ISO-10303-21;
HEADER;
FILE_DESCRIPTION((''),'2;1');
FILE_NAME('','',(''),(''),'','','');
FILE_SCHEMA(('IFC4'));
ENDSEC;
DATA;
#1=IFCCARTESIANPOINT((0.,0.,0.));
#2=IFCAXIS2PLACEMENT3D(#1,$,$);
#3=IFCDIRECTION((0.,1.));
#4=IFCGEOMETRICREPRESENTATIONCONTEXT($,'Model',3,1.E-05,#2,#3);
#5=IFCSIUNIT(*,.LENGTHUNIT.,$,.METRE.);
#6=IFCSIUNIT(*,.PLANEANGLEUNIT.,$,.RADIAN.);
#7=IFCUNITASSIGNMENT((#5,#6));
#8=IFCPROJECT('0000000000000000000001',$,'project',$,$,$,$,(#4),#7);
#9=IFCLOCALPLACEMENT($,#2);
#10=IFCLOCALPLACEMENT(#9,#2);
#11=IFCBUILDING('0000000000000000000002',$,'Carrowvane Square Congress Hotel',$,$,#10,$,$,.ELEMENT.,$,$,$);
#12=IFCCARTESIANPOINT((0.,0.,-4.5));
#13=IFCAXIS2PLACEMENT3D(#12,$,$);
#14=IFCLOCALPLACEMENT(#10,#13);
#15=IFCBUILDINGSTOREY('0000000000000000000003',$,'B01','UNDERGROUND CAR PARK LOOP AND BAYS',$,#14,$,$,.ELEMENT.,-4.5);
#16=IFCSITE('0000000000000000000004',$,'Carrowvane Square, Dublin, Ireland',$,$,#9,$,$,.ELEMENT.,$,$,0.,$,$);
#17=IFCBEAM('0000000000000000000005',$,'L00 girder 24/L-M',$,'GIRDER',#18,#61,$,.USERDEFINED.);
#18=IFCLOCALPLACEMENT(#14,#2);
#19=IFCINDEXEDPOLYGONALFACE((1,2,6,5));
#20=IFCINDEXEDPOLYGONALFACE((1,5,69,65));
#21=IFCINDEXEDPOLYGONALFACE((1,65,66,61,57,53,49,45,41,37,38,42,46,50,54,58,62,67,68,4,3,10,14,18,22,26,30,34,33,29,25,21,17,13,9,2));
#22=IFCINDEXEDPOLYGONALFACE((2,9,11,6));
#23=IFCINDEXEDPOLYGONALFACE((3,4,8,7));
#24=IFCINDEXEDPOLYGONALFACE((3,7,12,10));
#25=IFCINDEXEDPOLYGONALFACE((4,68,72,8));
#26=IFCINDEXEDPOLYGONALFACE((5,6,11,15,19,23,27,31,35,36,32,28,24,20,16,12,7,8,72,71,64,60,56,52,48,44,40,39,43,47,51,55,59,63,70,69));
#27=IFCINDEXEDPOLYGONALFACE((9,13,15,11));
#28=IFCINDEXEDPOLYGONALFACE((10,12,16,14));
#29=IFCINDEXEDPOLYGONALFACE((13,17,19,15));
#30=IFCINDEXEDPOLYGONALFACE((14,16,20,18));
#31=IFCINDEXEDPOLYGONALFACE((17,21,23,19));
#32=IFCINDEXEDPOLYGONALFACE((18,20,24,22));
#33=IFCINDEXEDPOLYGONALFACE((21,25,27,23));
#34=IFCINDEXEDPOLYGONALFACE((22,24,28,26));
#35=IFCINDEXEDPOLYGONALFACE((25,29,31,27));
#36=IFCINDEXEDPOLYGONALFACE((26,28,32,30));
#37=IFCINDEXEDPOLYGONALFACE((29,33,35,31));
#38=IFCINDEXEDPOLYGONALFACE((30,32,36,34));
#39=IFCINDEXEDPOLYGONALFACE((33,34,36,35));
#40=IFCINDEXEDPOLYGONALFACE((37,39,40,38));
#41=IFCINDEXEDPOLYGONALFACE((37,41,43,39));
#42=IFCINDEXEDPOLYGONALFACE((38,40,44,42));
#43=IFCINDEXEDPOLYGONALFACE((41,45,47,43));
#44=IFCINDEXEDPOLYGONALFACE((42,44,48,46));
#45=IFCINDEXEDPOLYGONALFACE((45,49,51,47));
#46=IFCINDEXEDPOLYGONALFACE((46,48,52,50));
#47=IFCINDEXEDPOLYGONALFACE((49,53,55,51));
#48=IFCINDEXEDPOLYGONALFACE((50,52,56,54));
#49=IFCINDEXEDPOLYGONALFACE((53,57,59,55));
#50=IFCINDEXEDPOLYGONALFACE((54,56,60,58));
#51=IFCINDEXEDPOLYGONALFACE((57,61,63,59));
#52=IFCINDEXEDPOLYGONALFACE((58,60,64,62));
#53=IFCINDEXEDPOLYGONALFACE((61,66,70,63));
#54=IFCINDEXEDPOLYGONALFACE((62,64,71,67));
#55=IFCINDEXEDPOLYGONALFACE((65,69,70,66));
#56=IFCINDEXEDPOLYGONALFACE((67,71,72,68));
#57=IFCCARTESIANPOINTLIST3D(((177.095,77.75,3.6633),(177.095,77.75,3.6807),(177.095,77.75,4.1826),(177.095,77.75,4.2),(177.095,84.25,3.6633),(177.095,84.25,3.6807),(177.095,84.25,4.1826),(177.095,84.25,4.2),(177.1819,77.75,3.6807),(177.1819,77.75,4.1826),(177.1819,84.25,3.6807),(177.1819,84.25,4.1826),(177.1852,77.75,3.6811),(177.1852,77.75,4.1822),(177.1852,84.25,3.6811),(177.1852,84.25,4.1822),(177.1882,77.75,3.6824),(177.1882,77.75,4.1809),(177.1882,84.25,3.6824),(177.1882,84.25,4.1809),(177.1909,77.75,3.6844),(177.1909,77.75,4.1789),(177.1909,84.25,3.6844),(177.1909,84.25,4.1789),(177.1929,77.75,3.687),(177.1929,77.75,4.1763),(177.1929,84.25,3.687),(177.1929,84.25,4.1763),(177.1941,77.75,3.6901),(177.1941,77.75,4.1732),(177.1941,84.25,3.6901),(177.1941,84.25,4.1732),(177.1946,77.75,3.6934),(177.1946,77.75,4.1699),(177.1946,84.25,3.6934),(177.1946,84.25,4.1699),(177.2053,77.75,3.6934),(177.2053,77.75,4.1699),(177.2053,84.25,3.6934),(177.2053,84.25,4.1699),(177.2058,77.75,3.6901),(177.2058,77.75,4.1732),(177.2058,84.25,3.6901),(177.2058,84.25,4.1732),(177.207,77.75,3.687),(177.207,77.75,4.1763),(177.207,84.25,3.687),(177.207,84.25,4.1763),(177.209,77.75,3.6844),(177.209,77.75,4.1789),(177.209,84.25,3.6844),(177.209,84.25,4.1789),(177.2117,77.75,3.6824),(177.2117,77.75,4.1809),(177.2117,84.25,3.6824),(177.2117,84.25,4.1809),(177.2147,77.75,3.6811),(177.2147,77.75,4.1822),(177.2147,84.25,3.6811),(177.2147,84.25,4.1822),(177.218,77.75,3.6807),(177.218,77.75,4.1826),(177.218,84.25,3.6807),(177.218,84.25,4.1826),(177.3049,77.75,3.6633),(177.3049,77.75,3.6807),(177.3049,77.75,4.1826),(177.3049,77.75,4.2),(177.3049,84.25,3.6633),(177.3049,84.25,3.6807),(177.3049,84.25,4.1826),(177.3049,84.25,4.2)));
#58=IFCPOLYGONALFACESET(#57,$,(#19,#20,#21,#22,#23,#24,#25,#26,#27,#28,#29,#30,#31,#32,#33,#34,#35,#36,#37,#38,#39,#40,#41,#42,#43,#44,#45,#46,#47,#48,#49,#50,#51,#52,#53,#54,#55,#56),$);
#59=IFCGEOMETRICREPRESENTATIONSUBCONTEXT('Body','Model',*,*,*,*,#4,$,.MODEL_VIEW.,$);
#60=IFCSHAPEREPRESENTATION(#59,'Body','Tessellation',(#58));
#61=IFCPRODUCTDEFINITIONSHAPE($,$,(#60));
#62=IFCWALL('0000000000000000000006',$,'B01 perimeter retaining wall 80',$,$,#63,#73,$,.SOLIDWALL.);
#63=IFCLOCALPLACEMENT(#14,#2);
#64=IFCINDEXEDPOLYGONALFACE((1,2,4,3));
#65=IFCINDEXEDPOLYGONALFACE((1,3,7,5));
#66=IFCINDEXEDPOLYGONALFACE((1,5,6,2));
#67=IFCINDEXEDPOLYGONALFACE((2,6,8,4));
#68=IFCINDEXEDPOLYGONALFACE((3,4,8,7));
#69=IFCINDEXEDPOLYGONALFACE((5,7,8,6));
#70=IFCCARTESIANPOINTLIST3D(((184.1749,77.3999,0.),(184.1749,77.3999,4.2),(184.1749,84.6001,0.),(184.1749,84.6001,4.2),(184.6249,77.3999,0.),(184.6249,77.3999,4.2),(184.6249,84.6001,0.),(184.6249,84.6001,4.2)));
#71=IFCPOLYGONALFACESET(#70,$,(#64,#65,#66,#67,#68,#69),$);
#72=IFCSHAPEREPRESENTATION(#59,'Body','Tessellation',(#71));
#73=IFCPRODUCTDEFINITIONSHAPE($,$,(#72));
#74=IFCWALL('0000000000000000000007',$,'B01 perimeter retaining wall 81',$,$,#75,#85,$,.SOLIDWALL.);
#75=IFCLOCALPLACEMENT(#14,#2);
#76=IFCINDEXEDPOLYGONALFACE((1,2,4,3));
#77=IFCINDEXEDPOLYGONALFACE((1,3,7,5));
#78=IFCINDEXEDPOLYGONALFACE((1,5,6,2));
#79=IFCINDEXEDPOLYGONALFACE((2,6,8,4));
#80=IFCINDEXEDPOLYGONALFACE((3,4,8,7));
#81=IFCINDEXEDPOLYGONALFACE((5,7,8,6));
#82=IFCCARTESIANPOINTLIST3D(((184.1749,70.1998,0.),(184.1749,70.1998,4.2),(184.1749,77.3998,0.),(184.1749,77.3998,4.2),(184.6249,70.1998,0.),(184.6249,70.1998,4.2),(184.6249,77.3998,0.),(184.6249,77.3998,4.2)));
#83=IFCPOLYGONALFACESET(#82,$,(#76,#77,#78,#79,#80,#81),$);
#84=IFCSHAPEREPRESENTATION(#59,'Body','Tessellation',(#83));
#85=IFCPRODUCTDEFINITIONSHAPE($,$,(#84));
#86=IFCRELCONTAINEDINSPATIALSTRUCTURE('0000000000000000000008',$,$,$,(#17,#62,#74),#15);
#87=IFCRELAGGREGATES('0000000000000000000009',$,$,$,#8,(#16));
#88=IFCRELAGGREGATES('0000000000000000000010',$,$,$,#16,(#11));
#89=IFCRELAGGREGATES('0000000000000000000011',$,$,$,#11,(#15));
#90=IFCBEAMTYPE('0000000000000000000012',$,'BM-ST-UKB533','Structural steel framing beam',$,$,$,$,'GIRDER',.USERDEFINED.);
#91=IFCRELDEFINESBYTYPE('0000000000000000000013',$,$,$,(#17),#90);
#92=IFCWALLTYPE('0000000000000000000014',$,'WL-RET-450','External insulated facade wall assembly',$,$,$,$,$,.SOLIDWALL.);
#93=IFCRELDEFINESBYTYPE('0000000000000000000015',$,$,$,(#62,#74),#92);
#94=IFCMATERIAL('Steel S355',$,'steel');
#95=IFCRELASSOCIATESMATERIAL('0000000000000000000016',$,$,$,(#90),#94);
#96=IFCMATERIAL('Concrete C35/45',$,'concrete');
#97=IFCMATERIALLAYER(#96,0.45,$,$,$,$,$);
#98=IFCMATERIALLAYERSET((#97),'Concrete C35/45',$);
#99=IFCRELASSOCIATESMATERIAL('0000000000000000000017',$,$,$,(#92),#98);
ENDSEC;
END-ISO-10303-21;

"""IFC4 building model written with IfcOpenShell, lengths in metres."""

from ifc_helpers import new_model, si_unit, direction, frame, frame_2d, origin, origin_2d, place, context, subcontext, project, spatial, rectangle, i_section, extrude, material, layer, layer_set, material_profile, profile_set, type_object, element, save


model = new_model("IFC4")

# Units and contexts
model_context = context("Model", 3, precision=1e-05, world=origin(), true_north=direction((0.0, 1.0)))
body_context = subcontext(model_context, "Body", "Model", "MODEL_VIEW")
ifc_project = project(units=[si_unit("LENGTHUNIT", "METRE"), si_unit("PLANEANGLEUNIT", "RADIAN")], contexts=[model_context])

# Site, building, storey
site_placement = place(None, origin())
site = spatial("IfcSite", under=ifc_project, at=site_placement, Name="Carrowvane Square, Dublin, Ireland", CompositionType="ELEMENT", RefElevation=0.0)
building_placement = place(site_placement, origin())
building = spatial("IfcBuilding", under=site, at=building_placement, Name="Carrowvane Square Congress Hotel", CompositionType="ELEMENT")
storey_placement = place(building_placement, frame((0.0, 0.0, -4.5)))
storey = spatial("IfcBuildingStorey", under=building, at=storey_placement, Name="B01", Description="UNDERGROUND CAR PARK LOOP AND BAYS", CompositionType="ELEMENT", Elevation=-4.5)

# Beam
ifc_material_1 = material(Name="Steel S355", Category="steel")
ifc_material_profile_1 = material_profile(ifc_material_1, i_section(OverallWidth=0.21, OverallDepth=0.5366, WebThickness=0.0107, FlangeThickness=0.0173, FilletRadius=0.0127, at=origin_2d()), Name="UKB 533x210x101")
ifc_profile_set_1 = profile_set([ifc_material_profile_1], Name="Steel S355")
beam_type_1 = type_object("IfcBeamType", Name="BM-ST-UKB533", Description="Structural steel framing beam", ElementType="GIRDER", PredefinedType="USERDEFINED", material=ifc_profile_set_1)
beam_1_placement = place(storey_placement, frame((177.2, 77.75, 3.9316), z_axis=(0.0, 1.0, 0.0), x_axis=(-1.0, 0.0, 0.0)))
element("IfcBeam", 1, at=beam_1_placement, inside=storey, type_object=beam_type_1, Name="L00 girder 24/L-M", ObjectType="GIRDER", PredefinedType="USERDEFINED", context=body_context, shape_type="SweptSolid", body=[
    extrude(i_section(OverallWidth=0.21, OverallDepth=0.5366, WebThickness=0.0107, FlangeThickness=0.0173, FilletRadius=0.0127, at=origin_2d()), origin(), (0.0, 0.0, 1.0), 6.5),
])

# Walls
ifc_material_2 = material(Name="Concrete C35/45", Category="concrete")
ifc_layer = layer(ifc_material_2, 0.45)
ifc_layer_set = layer_set([ifc_layer], Name="Concrete C35/45")
wall_type = type_object("IfcWallType", Name="WL-RET-450", Description="External insulated facade wall assembly", PredefinedType="SOLIDWALL", material=ifc_layer_set)
wall_1_placement = place(storey_placement, frame((184.3999, 84.6001, 0.0), z_axis=(0.0, 0.0, 1.0), x_axis=(0.0, -1.0, 0.0)))
element("IfcWall", 2, at=wall_1_placement, inside=storey, type_object=wall_type, Name="B01 perimeter retaining wall 80", PredefinedType="SOLIDWALL", context=body_context, shape_type="SweptSolid", body=[
    extrude(rectangle(XDim=7.2002, YDim=0.45, at=frame_2d((3.6001, 0.0))), origin(), (0.0, 0.0, 1.0), 4.2),
])
wall_2_placement = place(storey_placement, frame((184.3999, 77.3999, 0.0), z_axis=(0.0, 0.0, 1.0), x_axis=(0.0, -1.0, 0.0)))
element("IfcWall", 3, at=wall_2_placement, inside=storey, type_object=wall_type, Name="B01 perimeter retaining wall 81", PredefinedType="SOLIDWALL", context=body_context, shape_type="SweptSolid", body=[
    extrude(rectangle(XDim=7.2, YDim=0.45, at=frame_2d((3.6001, 0.0))), origin(), (0.0, 0.0, 1.0), 4.2),
])

save(model, "model.ifc")
